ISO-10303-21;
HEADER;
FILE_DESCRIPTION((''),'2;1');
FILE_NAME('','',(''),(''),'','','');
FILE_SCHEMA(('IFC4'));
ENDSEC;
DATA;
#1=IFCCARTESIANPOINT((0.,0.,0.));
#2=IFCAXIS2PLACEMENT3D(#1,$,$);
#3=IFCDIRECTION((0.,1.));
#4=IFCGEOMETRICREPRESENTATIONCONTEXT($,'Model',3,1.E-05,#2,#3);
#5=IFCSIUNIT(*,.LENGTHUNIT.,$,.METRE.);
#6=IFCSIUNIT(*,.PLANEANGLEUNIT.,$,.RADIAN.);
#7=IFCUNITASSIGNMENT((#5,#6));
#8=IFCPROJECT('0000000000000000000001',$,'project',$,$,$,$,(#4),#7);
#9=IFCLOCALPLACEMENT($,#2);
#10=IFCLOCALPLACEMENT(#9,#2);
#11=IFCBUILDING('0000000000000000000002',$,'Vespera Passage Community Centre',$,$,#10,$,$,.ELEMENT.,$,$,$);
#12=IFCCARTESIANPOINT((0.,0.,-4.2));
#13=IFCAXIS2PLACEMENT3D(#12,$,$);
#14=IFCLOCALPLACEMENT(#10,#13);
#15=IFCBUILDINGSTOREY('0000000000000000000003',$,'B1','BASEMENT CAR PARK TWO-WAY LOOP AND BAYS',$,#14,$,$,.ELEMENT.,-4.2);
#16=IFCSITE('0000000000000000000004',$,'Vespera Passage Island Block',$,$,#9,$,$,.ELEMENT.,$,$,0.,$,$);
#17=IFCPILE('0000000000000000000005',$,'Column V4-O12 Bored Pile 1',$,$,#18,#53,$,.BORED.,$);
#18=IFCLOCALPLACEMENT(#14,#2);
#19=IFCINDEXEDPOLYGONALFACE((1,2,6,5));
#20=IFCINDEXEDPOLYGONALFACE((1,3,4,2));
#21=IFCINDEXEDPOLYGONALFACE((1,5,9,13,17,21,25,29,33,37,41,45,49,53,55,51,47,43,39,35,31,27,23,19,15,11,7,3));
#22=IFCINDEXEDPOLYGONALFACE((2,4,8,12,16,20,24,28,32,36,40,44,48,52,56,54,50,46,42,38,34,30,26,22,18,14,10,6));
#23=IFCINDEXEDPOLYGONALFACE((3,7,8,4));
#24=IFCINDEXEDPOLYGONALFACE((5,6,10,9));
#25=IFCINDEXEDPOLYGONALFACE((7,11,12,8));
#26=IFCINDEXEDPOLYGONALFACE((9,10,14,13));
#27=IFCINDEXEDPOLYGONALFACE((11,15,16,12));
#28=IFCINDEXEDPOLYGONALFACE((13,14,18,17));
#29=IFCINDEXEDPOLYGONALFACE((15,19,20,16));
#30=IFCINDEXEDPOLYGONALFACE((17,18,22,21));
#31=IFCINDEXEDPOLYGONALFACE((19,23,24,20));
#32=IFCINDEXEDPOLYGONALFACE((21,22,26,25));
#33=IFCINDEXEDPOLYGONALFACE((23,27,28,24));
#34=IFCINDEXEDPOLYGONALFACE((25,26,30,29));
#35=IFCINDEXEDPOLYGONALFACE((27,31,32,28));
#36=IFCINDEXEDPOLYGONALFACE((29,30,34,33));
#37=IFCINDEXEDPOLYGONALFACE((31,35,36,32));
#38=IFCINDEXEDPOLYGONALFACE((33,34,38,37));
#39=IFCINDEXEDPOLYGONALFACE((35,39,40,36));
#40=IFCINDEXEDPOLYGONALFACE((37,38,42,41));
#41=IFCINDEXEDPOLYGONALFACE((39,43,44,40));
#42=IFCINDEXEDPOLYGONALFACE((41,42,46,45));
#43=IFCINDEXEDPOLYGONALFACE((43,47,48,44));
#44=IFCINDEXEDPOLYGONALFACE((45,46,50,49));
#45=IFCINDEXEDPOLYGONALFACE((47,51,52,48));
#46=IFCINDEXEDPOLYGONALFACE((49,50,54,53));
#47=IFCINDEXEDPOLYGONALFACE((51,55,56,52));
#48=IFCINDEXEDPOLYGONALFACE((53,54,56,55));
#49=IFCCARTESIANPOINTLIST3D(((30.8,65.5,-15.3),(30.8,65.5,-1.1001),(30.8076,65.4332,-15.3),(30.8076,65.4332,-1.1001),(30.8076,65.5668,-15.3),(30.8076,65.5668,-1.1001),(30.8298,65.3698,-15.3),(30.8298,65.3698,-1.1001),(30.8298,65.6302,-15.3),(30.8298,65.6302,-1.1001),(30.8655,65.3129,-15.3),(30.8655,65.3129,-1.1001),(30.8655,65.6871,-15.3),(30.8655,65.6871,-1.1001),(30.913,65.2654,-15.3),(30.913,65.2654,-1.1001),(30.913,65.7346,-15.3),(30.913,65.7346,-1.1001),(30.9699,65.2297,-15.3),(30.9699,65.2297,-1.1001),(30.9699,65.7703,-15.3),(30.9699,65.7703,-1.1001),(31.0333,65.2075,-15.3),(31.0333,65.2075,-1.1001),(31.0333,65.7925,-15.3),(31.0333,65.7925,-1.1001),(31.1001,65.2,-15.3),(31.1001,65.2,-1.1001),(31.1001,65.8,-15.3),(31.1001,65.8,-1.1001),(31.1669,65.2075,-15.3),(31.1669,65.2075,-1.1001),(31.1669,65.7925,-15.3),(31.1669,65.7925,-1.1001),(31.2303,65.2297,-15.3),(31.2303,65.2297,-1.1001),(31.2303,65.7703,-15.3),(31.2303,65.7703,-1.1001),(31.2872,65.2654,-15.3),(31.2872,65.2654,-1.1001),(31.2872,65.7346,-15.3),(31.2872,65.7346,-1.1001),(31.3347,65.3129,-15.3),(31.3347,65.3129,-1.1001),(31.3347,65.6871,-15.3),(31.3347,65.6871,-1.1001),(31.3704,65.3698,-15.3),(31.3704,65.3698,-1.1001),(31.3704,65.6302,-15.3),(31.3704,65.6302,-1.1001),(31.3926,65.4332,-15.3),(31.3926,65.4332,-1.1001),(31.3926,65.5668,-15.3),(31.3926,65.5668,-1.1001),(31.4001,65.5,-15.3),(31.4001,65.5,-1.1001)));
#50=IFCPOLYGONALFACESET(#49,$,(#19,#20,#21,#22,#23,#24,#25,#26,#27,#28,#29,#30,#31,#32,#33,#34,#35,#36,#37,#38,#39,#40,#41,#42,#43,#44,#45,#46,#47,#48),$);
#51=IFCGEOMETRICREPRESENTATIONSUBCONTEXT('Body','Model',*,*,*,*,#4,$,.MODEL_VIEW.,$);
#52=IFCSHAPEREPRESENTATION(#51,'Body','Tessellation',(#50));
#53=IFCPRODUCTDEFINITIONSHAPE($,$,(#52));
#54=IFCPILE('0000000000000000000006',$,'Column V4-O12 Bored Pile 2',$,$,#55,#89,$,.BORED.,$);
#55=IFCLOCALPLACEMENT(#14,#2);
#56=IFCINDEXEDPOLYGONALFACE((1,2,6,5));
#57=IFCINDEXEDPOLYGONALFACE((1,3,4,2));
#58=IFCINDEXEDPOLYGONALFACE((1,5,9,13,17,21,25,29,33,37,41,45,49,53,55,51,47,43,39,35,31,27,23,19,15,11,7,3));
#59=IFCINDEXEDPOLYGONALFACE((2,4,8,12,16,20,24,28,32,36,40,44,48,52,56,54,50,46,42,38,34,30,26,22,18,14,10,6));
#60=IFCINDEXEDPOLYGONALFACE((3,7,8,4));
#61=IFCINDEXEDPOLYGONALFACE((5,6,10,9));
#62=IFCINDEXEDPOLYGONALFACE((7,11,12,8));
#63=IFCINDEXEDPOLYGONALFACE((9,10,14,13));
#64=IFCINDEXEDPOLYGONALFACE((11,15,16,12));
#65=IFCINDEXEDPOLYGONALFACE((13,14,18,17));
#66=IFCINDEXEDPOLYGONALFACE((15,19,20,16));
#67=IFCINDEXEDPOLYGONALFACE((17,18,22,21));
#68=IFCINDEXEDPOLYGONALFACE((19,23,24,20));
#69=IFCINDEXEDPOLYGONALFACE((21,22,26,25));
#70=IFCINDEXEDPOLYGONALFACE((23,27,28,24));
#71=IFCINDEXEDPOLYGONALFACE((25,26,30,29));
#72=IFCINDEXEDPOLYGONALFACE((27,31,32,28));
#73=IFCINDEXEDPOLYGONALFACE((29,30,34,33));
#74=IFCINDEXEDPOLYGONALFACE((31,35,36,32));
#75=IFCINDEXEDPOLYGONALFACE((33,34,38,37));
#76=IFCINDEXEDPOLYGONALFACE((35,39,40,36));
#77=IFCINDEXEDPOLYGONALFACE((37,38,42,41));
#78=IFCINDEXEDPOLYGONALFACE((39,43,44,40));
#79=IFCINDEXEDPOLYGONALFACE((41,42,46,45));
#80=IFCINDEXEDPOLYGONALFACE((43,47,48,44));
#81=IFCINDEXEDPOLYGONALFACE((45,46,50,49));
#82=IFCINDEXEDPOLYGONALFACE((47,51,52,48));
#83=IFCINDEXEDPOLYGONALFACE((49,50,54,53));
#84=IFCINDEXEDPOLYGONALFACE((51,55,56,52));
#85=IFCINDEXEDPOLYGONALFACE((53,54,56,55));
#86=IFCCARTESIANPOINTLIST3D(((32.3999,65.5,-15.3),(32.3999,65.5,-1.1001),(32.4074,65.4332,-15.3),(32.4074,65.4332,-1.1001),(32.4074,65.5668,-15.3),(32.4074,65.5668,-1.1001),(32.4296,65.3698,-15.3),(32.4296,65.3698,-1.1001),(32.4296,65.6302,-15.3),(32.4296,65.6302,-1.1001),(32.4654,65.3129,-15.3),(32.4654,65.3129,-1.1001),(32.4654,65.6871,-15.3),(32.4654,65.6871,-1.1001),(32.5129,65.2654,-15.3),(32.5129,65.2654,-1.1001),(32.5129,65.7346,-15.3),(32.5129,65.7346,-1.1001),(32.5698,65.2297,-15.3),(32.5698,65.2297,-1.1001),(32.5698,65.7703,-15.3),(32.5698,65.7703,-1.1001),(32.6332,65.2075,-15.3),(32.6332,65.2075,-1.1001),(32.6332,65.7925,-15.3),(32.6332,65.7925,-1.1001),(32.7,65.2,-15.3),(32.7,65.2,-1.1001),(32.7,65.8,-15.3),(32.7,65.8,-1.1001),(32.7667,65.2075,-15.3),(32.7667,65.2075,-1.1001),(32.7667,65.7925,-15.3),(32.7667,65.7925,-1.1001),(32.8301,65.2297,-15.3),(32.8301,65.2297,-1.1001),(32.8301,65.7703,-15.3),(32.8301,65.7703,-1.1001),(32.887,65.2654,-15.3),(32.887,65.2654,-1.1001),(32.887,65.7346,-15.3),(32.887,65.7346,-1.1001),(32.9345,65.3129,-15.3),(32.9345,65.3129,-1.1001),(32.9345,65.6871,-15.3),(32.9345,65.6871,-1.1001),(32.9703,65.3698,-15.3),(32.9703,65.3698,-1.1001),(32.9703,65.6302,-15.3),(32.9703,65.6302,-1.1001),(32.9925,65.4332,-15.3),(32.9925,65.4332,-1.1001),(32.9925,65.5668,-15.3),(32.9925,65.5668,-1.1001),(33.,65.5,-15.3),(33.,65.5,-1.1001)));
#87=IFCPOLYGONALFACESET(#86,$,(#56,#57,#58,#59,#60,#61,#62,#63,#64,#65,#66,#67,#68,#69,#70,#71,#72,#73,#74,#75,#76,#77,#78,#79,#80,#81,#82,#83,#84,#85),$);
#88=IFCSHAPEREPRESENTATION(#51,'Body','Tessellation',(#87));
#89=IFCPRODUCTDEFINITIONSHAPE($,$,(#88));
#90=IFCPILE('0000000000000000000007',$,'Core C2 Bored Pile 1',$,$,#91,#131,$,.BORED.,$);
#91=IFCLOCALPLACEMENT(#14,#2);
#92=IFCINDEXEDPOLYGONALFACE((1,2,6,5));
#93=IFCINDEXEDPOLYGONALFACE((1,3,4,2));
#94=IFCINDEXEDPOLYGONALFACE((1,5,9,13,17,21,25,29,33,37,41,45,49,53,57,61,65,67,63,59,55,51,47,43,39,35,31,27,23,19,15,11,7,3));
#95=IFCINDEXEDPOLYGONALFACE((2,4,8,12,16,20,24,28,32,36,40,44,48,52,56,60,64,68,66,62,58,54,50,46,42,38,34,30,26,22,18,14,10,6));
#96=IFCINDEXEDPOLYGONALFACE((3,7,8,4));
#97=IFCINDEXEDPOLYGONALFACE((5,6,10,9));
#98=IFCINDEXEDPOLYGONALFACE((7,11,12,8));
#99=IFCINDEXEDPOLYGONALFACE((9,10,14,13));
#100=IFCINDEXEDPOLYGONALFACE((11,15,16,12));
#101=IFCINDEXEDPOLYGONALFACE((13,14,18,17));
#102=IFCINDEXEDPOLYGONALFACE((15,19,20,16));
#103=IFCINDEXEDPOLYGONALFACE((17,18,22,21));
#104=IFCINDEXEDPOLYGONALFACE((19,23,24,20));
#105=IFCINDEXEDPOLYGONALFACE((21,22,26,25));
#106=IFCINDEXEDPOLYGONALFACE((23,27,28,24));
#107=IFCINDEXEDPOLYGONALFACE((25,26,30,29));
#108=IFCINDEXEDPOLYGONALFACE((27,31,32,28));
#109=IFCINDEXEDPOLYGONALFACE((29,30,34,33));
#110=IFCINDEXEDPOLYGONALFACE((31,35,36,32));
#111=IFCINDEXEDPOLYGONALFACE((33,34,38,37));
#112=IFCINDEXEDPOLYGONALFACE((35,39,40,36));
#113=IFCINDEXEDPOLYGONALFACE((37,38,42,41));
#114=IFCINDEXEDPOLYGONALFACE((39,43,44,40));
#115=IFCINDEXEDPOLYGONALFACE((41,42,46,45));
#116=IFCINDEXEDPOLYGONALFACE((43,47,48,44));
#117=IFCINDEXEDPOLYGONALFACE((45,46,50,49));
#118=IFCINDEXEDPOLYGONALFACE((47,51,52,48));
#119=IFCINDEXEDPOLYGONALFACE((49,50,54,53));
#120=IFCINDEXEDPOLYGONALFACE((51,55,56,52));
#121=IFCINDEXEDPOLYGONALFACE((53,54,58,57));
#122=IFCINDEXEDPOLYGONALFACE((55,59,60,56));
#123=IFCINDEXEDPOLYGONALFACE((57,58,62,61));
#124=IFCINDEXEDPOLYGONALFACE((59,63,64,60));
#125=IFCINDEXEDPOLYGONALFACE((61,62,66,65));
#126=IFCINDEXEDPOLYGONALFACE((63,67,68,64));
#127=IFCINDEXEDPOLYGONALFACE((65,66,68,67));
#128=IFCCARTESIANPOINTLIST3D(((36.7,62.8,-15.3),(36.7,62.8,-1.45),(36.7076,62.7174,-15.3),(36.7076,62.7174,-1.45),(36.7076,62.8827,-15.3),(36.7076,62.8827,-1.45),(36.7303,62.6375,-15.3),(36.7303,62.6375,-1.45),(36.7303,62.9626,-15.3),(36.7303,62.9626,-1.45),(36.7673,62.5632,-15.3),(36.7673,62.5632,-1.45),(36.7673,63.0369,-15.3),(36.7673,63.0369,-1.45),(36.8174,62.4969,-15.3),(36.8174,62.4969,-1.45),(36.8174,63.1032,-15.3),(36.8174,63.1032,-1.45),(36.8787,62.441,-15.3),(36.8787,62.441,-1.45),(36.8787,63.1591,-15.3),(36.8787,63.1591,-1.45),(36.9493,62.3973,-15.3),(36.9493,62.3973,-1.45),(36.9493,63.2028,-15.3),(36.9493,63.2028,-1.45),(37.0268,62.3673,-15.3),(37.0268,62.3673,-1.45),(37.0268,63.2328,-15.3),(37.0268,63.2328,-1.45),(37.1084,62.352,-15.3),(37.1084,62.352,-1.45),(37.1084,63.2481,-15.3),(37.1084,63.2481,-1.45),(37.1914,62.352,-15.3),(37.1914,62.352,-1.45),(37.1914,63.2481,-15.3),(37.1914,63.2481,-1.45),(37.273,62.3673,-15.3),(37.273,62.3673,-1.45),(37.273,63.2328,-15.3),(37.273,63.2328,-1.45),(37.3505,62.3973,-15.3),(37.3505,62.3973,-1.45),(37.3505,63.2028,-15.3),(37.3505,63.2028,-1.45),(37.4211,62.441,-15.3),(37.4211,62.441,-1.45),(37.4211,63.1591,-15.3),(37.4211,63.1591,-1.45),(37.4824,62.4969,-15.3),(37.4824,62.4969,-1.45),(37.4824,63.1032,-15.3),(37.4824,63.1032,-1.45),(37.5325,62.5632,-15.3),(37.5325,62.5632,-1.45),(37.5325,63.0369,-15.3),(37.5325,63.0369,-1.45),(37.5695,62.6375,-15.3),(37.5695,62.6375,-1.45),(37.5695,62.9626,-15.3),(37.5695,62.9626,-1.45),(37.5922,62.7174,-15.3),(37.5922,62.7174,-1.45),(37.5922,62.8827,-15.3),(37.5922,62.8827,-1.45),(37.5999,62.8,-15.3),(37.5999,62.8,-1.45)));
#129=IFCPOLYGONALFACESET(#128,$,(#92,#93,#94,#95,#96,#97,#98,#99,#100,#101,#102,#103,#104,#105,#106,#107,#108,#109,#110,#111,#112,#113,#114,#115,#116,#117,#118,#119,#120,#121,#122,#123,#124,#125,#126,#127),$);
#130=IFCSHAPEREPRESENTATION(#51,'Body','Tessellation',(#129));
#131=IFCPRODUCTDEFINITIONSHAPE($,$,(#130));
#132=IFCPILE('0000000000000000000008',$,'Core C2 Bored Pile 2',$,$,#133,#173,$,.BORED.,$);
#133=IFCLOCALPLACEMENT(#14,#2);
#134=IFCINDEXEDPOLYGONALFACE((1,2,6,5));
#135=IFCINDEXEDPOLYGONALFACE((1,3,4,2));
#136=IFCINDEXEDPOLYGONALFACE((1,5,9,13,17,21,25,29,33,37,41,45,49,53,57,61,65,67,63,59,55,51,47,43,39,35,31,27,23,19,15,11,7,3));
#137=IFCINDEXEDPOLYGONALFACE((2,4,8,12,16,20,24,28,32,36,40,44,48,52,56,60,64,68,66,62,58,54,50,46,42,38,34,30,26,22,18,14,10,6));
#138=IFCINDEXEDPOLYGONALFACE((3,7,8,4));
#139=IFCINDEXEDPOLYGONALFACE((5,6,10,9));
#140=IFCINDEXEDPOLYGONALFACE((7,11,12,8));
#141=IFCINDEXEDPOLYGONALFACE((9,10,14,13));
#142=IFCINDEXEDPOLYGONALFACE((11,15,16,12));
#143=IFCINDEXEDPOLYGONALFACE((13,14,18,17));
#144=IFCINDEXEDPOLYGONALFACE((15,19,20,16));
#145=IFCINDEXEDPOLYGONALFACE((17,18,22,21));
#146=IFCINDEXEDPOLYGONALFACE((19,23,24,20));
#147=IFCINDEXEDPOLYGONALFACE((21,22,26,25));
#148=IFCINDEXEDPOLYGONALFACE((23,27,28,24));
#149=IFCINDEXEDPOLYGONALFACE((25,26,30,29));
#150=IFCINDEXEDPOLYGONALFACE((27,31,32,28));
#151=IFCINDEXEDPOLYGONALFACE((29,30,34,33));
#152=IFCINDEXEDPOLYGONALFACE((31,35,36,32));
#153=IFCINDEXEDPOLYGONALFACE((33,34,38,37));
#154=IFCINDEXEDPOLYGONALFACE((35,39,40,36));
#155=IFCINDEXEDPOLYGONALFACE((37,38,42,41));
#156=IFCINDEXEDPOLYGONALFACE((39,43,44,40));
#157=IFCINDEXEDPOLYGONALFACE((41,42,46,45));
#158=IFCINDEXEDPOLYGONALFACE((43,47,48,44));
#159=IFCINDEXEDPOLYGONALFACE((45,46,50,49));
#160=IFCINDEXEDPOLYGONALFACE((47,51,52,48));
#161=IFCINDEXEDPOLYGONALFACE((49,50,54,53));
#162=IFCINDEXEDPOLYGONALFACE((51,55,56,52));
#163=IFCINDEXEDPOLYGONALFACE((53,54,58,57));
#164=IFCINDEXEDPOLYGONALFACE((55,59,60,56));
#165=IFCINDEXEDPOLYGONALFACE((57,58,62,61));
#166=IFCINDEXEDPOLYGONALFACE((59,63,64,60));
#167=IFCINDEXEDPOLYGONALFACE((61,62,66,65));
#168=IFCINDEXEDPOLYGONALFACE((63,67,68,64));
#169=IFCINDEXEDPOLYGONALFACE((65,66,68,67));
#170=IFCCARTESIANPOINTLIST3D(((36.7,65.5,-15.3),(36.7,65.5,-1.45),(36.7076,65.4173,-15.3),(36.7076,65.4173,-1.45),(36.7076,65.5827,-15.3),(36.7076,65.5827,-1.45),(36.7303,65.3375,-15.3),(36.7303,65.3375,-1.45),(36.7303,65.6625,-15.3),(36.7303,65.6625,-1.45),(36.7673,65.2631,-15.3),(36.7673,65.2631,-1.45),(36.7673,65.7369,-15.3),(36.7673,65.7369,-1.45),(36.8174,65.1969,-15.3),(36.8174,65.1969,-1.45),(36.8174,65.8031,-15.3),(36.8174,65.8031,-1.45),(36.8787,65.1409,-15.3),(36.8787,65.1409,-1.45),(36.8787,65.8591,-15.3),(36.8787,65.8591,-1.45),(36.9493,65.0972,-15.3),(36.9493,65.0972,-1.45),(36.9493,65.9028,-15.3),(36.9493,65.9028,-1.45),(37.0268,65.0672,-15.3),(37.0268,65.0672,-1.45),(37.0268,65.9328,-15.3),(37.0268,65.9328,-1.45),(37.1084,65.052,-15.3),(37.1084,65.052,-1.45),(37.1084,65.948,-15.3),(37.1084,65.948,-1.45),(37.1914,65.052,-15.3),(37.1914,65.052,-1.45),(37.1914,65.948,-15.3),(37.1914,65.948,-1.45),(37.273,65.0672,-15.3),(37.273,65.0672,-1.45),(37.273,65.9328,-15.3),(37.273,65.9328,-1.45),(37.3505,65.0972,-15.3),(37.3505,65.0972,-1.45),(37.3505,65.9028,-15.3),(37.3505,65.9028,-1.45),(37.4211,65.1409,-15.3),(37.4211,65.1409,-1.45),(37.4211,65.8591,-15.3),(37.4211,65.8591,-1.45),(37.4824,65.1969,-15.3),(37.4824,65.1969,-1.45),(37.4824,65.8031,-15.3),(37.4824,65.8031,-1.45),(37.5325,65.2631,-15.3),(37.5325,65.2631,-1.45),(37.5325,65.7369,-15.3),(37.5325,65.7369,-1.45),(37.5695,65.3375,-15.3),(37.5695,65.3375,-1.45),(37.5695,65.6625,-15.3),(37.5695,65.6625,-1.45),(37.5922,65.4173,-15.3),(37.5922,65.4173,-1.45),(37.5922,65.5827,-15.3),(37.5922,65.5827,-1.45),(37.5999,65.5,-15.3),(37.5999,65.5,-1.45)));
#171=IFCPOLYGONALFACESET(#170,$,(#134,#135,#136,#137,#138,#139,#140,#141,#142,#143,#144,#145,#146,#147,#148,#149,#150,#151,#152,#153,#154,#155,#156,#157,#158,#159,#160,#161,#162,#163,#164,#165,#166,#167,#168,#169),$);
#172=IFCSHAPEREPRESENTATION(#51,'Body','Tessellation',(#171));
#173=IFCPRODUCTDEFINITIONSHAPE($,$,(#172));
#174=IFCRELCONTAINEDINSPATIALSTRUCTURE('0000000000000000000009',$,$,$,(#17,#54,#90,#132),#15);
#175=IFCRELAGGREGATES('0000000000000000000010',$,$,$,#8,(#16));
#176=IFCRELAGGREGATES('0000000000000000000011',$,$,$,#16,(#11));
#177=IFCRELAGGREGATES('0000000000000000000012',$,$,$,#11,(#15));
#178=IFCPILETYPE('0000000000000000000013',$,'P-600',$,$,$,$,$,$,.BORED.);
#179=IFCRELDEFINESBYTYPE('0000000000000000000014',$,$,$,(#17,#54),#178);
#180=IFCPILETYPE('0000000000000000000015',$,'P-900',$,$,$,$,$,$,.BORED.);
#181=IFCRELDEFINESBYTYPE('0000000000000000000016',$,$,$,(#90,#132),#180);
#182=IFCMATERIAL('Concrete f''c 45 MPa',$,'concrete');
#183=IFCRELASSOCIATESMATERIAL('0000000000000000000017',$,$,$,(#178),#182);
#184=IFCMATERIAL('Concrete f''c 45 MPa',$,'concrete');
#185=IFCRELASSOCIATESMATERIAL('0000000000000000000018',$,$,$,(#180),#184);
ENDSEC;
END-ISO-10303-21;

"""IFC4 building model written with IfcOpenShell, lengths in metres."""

from ifc_helpers import new_model, si_unit, direction, frame, origin, origin_2d, place, context, subcontext, project, spatial, circle, extrude, material, material_profile, profile_set, type_object, element, save


model = new_model("IFC4")

# Units and contexts
model_context = context("Model", 3, precision=1e-05, world=origin(), true_north=direction((0.0, 1.0)))
body_context = subcontext(model_context, "Body", "Model", "MODEL_VIEW")
ifc_project = project(units=[si_unit("LENGTHUNIT", "METRE"), si_unit("PLANEANGLEUNIT", "RADIAN")], contexts=[model_context])

# Site, building, storey
site_placement = place(None, origin())
site = spatial("IfcSite", under=ifc_project, at=site_placement, Name="Vespera Passage Island Block", CompositionType="ELEMENT", RefElevation=0.0)
building_placement = place(site_placement, origin())
building = spatial("IfcBuilding", under=site, at=building_placement, Name="Vespera Passage Community Centre", CompositionType="ELEMENT")
storey_placement = place(building_placement, frame((0.0, 0.0, -4.2)))
storey = spatial("IfcBuildingStorey", under=building, at=storey_placement, Name="B1", Description="BASEMENT CAR PARK TWO-WAY LOOP AND BAYS", CompositionType="ELEMENT", Elevation=-4.2)

# Piles
ifc_material_1 = material(Name="Concrete f'c 45 MPa", Category="concrete")
ifc_material_profile_1 = material_profile(ifc_material_1, circle(Radius=0.3, at=origin_2d()), Name="PILE600DIA")
ifc_profile_set_1 = profile_set([ifc_material_profile_1], Name="Concrete f'c 45 MPa")
pile_type_1 = type_object("IfcPileType", Name="P-600", PredefinedType="BORED", material=ifc_profile_set_1)
for number, where, z_axis, x_axis, name in (
    (1, (31.1001, 65.5, -1.1001), (0.0, 0.0, -1.0), (1.0, 0.0, 0.0), "Column V4-O12 Bored Pile 1"),
    (2, (32.7, 65.5, -1.1001), (0.0, 0.0, -1.0), (1.0, 0.0, 0.0), "Column V4-O12 Bored Pile 2"),
):
    element("IfcPile", number, at=place(storey_placement, frame(where, z_axis=z_axis, x_axis=x_axis)), inside=storey, type_object=pile_type_1, Name=name, PredefinedType="BORED", context=body_context, shape_type="SweptSolid", body=[
        extrude(circle(Radius=0.3, at=origin_2d()), origin(), (0.0, 0.0, 1.0), 14.2),
    ])
ifc_material_2 = material(Name="Concrete f'c 45 MPa", Category="concrete")
ifc_material_profile_2 = material_profile(ifc_material_2, circle(Radius=0.45, at=origin_2d()), Name="PILE900DIA")
ifc_profile_set_2 = profile_set([ifc_material_profile_2], Name="Concrete f'c 45 MPa")
pile_type_2 = type_object("IfcPileType", Name="P-900", PredefinedType="BORED", material=ifc_profile_set_2)
for number, where, z_axis, x_axis, name in (
    (3, (37.1499, 62.8, -1.45), (0.0, 0.0, -1.0), (1.0, 0.0, 0.0), "Core C2 Bored Pile 1"),
    (4, (37.1499, 65.5, -1.45), (0.0, 0.0, -1.0), (1.0, 0.0, 0.0), "Core C2 Bored Pile 2"),
):
    element("IfcPile", number, at=place(storey_placement, frame(where, z_axis=z_axis, x_axis=x_axis)), inside=storey, type_object=pile_type_2, Name=name, PredefinedType="BORED", context=body_context, shape_type="SweptSolid", body=[
        extrude(circle(Radius=0.45, at=origin_2d()), origin(), (0.0, 0.0, 1.0), 13.8501),
    ])

save(model, "model.ifc")
